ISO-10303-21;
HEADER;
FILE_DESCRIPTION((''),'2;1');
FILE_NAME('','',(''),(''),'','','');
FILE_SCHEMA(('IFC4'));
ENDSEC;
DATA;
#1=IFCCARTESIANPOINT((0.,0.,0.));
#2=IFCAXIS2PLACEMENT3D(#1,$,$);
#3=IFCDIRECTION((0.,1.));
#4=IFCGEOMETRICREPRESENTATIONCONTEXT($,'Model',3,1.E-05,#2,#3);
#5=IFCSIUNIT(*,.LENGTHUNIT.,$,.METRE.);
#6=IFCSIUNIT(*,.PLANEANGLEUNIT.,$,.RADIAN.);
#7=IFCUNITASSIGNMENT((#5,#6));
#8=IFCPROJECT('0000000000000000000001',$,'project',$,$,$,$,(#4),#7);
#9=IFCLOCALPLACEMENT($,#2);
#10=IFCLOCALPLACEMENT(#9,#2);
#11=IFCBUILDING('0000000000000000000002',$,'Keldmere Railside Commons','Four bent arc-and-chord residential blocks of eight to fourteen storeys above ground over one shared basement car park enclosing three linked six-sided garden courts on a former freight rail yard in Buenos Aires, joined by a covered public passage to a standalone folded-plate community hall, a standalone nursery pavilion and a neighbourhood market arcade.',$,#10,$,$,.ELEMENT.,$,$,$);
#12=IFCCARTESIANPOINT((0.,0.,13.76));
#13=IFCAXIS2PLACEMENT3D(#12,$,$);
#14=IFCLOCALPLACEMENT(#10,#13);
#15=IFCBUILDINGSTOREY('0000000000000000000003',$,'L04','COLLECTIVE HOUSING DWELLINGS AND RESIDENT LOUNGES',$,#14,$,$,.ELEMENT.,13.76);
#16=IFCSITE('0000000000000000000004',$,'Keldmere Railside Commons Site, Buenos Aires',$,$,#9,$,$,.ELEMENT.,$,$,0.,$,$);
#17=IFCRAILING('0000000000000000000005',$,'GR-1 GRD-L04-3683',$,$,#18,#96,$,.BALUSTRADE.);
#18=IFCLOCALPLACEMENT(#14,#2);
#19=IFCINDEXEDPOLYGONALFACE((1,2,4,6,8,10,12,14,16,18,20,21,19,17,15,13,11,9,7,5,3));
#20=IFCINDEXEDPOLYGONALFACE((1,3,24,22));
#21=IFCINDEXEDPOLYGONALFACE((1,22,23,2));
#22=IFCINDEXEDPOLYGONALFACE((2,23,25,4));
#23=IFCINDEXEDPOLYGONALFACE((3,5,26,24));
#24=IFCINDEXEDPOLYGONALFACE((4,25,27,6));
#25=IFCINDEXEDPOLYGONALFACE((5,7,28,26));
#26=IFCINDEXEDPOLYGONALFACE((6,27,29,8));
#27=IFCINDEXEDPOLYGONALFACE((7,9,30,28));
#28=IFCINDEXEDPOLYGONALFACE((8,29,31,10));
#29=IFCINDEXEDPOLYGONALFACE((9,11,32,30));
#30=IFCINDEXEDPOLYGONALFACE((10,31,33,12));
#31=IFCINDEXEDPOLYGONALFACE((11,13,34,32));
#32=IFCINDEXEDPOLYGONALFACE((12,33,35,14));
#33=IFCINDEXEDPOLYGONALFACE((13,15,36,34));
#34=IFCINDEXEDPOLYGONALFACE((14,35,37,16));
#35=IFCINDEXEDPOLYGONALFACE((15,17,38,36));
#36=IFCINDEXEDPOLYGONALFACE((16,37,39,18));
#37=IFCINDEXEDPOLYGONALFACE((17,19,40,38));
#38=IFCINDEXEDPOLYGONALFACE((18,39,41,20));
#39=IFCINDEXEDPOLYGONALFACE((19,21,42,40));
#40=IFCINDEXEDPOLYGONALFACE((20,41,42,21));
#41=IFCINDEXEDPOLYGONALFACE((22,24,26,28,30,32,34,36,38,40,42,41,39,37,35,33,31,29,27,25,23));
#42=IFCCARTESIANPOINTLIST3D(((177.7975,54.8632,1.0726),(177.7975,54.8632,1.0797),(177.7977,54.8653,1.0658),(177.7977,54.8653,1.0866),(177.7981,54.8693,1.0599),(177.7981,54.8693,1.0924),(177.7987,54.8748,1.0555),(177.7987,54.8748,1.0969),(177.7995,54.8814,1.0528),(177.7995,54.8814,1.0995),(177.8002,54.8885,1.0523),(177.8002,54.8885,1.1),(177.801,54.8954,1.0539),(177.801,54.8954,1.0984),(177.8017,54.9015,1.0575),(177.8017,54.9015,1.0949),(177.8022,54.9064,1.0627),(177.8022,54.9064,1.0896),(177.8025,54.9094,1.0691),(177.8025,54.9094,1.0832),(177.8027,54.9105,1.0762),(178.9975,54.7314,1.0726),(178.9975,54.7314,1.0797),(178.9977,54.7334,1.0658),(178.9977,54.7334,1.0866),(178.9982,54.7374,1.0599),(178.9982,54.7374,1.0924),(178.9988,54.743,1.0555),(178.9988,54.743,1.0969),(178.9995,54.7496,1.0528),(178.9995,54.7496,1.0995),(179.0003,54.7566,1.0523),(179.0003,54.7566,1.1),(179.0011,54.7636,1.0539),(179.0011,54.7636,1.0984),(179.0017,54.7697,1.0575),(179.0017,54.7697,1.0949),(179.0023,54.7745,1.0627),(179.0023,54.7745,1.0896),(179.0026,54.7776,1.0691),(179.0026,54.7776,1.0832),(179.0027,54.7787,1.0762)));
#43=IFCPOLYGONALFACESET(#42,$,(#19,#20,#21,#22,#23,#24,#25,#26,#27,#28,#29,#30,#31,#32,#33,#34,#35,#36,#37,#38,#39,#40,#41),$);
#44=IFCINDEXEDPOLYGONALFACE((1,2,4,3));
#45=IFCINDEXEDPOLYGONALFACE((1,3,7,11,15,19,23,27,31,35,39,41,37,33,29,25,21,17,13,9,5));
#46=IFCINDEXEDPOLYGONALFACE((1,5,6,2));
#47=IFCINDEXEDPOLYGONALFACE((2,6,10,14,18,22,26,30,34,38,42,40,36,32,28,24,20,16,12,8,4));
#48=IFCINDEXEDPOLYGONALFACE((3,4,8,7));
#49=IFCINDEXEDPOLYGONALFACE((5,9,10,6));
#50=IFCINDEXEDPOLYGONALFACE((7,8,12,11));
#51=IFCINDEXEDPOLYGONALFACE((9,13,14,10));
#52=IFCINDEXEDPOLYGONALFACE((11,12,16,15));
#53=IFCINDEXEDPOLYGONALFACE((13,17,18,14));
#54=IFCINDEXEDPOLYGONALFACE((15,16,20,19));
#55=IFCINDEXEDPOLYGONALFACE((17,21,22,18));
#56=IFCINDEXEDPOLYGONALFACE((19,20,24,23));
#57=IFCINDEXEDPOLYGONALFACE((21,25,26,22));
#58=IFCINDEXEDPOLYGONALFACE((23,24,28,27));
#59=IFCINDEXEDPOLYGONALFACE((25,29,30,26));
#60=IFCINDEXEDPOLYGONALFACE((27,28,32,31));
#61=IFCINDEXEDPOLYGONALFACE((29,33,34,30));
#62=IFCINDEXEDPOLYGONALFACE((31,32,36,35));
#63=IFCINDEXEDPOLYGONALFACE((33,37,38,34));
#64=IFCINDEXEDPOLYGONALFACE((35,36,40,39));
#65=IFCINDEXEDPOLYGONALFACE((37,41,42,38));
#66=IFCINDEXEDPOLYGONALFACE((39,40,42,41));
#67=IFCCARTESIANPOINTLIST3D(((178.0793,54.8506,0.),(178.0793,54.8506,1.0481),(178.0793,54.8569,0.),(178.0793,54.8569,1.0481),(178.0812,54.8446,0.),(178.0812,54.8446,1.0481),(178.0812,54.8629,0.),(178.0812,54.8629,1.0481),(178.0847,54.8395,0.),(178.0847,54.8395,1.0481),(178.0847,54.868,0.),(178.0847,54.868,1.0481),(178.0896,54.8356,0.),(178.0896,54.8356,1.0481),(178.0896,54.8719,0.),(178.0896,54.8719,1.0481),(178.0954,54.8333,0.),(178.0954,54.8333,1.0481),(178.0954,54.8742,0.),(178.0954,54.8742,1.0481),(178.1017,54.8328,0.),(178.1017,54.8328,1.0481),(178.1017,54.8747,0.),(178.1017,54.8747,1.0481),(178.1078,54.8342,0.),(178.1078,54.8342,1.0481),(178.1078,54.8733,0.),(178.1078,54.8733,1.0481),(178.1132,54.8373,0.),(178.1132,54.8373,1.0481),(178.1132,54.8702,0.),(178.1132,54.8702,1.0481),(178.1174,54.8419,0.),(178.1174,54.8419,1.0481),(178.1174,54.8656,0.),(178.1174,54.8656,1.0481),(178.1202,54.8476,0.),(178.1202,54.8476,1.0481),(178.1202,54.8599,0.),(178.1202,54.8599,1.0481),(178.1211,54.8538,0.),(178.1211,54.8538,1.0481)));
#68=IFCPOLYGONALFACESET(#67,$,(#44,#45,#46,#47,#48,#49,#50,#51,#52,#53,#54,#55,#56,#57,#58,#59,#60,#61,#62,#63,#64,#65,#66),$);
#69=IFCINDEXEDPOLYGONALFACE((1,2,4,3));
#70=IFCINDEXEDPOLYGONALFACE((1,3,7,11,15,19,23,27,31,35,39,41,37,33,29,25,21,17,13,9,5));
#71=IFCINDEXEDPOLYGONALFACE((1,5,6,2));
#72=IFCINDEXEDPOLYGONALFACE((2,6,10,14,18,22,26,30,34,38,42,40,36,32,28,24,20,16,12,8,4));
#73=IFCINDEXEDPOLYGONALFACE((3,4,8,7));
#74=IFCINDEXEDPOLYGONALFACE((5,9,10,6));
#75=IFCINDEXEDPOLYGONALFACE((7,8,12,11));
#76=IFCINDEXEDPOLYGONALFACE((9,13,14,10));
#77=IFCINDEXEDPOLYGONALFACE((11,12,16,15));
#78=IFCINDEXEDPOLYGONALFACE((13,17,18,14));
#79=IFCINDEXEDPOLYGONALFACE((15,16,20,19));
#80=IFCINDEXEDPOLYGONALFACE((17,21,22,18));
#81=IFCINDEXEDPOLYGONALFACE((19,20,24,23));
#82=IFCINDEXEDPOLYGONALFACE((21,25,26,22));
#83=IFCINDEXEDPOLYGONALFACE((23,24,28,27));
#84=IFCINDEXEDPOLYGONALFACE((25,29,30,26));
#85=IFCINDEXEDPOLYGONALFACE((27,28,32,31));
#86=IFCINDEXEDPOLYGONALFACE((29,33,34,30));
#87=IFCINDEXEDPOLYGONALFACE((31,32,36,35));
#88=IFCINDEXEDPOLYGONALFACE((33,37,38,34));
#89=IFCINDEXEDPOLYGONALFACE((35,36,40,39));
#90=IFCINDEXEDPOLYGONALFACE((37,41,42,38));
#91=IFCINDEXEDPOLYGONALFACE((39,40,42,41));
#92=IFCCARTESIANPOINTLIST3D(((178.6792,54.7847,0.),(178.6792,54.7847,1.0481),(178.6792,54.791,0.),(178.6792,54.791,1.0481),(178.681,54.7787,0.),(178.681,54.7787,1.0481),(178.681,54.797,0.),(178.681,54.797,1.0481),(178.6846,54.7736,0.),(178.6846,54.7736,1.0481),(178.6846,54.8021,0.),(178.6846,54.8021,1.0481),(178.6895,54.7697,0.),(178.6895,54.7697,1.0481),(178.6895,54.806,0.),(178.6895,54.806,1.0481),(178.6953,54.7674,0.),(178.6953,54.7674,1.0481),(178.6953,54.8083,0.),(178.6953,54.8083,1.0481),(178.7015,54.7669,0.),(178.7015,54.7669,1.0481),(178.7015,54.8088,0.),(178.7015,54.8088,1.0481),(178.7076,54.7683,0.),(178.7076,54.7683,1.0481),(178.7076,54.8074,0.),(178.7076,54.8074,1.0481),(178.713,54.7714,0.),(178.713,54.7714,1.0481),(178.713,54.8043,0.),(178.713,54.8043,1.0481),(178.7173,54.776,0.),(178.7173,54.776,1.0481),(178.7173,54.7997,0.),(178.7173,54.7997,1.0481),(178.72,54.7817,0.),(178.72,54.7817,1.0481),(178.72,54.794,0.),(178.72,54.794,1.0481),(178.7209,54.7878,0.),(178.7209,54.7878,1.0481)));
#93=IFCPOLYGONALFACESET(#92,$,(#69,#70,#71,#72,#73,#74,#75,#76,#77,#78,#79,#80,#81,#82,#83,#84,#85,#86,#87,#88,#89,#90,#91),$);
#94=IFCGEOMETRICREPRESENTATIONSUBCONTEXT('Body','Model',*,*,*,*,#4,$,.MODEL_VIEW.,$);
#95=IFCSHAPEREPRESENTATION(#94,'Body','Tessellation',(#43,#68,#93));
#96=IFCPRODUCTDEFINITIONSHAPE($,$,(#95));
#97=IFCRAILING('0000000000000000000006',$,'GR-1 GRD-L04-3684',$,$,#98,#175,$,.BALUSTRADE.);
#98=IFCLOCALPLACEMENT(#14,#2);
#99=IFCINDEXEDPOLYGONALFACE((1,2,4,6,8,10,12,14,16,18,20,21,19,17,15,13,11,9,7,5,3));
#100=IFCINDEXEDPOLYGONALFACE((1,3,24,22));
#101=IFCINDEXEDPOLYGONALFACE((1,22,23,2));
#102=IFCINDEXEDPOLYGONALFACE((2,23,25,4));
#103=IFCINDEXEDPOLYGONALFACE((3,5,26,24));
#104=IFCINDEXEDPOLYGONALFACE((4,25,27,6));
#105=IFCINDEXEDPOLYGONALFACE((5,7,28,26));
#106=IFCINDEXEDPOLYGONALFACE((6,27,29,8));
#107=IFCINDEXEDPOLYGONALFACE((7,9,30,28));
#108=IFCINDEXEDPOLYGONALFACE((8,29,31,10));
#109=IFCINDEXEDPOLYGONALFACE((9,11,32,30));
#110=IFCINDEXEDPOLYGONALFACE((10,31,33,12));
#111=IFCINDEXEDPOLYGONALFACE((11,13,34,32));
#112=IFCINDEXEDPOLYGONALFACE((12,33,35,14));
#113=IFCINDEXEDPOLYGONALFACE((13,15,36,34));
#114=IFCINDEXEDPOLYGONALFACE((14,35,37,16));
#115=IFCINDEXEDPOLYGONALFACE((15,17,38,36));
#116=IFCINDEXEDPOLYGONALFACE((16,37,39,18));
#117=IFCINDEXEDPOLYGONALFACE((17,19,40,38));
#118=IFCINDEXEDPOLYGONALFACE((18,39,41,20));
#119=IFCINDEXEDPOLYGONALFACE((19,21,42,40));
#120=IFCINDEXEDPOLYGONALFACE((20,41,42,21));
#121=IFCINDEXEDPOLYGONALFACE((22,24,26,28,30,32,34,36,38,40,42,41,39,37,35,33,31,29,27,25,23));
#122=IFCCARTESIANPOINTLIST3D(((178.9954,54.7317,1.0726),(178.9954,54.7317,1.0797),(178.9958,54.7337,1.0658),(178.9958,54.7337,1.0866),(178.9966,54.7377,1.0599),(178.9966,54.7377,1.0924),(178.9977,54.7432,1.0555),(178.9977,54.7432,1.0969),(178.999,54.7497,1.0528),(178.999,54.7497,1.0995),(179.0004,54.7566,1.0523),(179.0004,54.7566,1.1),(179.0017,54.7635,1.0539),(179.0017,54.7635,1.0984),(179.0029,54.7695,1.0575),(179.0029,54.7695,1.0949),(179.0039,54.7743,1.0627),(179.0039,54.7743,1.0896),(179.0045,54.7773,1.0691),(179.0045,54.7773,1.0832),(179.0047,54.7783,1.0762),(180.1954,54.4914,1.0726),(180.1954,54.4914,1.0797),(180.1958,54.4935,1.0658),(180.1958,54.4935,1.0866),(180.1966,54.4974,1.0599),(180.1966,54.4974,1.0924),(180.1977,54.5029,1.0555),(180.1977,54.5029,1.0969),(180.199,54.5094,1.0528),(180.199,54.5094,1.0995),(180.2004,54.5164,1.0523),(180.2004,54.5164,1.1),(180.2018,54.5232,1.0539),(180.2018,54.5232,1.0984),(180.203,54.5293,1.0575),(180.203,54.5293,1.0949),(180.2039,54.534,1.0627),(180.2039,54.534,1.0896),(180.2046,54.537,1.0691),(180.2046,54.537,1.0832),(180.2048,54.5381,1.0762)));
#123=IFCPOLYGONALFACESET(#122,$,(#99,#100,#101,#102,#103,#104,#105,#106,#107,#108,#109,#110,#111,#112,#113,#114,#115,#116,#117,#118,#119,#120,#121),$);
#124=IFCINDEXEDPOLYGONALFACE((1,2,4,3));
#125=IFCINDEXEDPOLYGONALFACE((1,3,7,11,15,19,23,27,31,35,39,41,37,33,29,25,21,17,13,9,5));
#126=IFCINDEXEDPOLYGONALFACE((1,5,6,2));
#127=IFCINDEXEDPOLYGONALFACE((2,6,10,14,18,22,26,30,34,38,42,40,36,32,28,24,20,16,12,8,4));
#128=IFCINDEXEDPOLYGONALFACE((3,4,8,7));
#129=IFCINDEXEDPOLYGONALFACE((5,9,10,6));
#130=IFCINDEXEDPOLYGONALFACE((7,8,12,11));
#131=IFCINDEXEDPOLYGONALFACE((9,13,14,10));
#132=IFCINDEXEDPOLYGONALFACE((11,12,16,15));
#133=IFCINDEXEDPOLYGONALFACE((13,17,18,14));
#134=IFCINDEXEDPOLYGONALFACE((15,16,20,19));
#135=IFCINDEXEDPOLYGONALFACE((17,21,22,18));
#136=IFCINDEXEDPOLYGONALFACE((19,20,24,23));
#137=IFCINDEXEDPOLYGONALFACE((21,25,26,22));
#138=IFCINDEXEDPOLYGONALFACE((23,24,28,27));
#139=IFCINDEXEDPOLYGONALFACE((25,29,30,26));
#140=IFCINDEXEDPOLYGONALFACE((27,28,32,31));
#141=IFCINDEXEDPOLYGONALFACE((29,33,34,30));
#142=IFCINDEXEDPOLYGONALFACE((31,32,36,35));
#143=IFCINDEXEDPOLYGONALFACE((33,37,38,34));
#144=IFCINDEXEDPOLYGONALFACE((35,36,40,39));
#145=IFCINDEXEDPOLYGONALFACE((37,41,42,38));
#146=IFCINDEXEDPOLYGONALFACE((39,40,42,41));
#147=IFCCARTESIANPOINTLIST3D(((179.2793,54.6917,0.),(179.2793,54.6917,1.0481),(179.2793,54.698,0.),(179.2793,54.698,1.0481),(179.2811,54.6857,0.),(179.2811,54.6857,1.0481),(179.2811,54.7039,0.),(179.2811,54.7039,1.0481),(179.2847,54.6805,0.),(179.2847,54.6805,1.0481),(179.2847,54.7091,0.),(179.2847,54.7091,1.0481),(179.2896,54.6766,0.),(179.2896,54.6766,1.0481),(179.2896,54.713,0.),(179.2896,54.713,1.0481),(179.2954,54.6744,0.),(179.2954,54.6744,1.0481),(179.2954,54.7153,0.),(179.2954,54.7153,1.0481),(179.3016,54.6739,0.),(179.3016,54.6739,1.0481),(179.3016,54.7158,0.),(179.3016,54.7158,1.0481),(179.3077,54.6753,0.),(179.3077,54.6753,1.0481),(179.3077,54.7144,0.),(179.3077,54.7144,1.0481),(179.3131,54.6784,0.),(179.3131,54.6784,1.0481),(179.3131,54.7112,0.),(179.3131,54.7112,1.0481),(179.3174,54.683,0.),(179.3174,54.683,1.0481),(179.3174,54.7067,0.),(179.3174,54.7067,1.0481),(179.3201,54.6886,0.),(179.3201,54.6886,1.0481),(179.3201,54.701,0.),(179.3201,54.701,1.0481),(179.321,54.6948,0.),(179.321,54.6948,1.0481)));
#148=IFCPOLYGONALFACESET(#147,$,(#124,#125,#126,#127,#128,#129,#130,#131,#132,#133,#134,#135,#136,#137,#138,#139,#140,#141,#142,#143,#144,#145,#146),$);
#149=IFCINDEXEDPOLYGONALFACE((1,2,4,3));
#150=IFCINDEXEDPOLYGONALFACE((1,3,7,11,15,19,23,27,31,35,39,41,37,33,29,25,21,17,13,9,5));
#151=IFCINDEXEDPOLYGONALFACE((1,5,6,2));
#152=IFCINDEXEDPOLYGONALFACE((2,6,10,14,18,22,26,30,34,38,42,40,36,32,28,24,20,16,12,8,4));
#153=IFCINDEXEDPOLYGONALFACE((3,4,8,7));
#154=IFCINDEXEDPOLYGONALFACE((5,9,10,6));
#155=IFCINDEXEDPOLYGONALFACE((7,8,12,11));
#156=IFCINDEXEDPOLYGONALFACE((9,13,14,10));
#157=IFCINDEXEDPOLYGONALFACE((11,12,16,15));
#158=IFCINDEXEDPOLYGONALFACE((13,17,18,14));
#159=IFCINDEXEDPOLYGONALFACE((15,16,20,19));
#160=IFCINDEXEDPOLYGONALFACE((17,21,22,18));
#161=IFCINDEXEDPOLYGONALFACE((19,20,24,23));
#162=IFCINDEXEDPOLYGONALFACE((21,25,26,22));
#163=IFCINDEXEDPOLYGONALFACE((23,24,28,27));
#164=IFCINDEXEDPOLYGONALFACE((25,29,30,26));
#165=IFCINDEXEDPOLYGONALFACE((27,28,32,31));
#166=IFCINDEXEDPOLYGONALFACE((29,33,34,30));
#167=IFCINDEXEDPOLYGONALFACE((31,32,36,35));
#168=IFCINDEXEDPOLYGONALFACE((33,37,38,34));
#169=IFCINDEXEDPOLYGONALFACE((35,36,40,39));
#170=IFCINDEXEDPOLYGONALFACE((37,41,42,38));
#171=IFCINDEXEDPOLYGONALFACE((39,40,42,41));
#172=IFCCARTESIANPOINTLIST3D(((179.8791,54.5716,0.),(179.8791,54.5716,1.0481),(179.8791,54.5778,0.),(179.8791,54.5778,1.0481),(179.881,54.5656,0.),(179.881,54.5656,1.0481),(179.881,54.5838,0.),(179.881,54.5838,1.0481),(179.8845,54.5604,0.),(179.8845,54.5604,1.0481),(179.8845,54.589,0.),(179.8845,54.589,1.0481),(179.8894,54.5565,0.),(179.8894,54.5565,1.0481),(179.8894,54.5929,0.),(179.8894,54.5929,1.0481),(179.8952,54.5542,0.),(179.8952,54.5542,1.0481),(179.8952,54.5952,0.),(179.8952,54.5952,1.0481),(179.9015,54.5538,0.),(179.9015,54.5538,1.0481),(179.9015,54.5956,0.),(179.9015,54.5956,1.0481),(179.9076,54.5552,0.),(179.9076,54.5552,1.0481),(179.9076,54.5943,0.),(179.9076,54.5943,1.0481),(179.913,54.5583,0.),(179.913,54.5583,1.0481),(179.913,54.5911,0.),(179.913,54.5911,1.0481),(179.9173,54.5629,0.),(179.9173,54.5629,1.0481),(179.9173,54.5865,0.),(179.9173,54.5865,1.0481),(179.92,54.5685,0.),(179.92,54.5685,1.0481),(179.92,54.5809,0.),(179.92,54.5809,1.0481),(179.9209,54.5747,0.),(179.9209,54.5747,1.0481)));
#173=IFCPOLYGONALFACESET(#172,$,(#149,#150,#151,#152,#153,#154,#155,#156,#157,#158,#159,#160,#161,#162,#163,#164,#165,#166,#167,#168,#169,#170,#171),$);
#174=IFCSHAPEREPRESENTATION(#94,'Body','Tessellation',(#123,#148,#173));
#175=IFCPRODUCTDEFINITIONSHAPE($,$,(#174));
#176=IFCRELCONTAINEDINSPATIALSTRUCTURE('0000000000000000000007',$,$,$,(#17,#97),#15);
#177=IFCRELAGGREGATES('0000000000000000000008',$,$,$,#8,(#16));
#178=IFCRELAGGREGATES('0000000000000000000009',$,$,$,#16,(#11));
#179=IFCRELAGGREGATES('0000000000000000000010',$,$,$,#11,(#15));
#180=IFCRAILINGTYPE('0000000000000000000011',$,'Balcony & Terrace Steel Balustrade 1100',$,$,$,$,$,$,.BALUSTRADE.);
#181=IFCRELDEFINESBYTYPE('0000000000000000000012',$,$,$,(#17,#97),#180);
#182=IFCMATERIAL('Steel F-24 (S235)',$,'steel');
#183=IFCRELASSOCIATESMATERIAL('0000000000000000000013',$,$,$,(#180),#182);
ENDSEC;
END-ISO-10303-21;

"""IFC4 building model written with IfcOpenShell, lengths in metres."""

from ifc_helpers import new_model, si_unit, direction, frame, origin, origin_2d, place, context, subcontext, project, spatial, circle, extrude, material, type_object, element, save


model = new_model("IFC4")

# Units and contexts
model_context = context("Model", 3, precision=1e-05, world=origin(), true_north=direction((0.0, 1.0)))
body_context = subcontext(model_context, "Body", "Model", "MODEL_VIEW")
ifc_project = project(units=[si_unit("LENGTHUNIT", "METRE"), si_unit("PLANEANGLEUNIT", "RADIAN")], contexts=[model_context])

# Site, building, storey
site_placement = place(None, origin())
site = spatial("IfcSite", under=ifc_project, at=site_placement, Name="Keldmere Railside Commons Site, Buenos Aires", CompositionType="ELEMENT", RefElevation=0.0)
building_placement = place(site_placement, origin())
building = spatial("IfcBuilding", under=site, at=building_placement, Name="Keldmere Railside Commons", Description="Four bent arc-and-chord residential blocks of eight to fourteen storeys above ground over one shared basement car park enclosing three linked six-sided garden courts on a former freight rail yard in Buenos Aires, joined by a covered public passage to a standalone folded-plate community hall, a standalone nursery pavilion and a neighbourhood market arcade.", CompositionType="ELEMENT")
storey_placement = place(building_placement, frame((0.0, 0.0, 13.76)))
storey = spatial("IfcBuildingStorey", under=building, at=storey_placement, Name="L04", Description="COLLECTIVE HOUSING DWELLINGS AND RESIDENT LOUNGES", CompositionType="ELEMENT", Elevation=13.76)

# Shared definitions
ifc_material_1 = material(Name="Steel F-24 (S235)", Category="steel")

# Railings
railing_type = type_object("IfcRailingType", Name="Balcony & Terrace Steel Balustrade 1100", PredefinedType="BALUSTRADE", material=ifc_material_1)
railing_1_placement = place(storey_placement, frame((177.8, 54.8867, 0.0)))
element("IfcRailing", 1, at=railing_1_placement, inside=storey, type_object=railing_type, Name="GR-1 GRD-L04-3683", PredefinedType="BALUSTRADE", context=body_context, shape_type="SweptSolid", body=[
    extrude(circle(Radius=0.0239, at=origin_2d()), frame((0.0, 0.0, 1.0762), z_axis=(0.994019, -0.109211, 0.0), x_axis=(0.109211, 0.994019, 0.0)), (0.0, 0.0, 1.0), 1.2073),
    extrude(circle(Radius=0.021, at=origin_2d()), frame((0.3, -0.033, 0.0)), (0.0, 0.0, 1.0), 1.0481),
    extrude(circle(Radius=0.021, at=origin_2d()), frame((0.8999, -0.0989, 0.0)), (0.0, 0.0, 1.0), 1.0481),
])
railing_2_placement = place(storey_placement, frame((179.0, 54.7549, 0.0)))
element("IfcRailing", 2, at=railing_2_placement, inside=storey, type_object=railing_type, Name="GR-1 GRD-L04-3684", PredefinedType="BALUSTRADE", context=body_context, shape_type="SweptSolid", body=[
    extrude(circle(Radius=0.0239, at=origin_2d()), frame((0.0, 0.0, 1.0762), z_axis=(0.980542, -0.196308, 0.0), x_axis=(0.196308, 0.980542, 0.0)), (0.0, 0.0, 1.0), 1.2239),
    extrude(circle(Radius=0.021, at=origin_2d()), frame((0.3, -0.0601, 0.0)), (0.0, 0.0, 1.0), 1.0481),
    extrude(circle(Radius=0.021, at=origin_2d()), frame((0.8999, -0.1802, 0.0)), (0.0, 0.0, 1.0), 1.0481),
])

save(model, "model.ifc")
